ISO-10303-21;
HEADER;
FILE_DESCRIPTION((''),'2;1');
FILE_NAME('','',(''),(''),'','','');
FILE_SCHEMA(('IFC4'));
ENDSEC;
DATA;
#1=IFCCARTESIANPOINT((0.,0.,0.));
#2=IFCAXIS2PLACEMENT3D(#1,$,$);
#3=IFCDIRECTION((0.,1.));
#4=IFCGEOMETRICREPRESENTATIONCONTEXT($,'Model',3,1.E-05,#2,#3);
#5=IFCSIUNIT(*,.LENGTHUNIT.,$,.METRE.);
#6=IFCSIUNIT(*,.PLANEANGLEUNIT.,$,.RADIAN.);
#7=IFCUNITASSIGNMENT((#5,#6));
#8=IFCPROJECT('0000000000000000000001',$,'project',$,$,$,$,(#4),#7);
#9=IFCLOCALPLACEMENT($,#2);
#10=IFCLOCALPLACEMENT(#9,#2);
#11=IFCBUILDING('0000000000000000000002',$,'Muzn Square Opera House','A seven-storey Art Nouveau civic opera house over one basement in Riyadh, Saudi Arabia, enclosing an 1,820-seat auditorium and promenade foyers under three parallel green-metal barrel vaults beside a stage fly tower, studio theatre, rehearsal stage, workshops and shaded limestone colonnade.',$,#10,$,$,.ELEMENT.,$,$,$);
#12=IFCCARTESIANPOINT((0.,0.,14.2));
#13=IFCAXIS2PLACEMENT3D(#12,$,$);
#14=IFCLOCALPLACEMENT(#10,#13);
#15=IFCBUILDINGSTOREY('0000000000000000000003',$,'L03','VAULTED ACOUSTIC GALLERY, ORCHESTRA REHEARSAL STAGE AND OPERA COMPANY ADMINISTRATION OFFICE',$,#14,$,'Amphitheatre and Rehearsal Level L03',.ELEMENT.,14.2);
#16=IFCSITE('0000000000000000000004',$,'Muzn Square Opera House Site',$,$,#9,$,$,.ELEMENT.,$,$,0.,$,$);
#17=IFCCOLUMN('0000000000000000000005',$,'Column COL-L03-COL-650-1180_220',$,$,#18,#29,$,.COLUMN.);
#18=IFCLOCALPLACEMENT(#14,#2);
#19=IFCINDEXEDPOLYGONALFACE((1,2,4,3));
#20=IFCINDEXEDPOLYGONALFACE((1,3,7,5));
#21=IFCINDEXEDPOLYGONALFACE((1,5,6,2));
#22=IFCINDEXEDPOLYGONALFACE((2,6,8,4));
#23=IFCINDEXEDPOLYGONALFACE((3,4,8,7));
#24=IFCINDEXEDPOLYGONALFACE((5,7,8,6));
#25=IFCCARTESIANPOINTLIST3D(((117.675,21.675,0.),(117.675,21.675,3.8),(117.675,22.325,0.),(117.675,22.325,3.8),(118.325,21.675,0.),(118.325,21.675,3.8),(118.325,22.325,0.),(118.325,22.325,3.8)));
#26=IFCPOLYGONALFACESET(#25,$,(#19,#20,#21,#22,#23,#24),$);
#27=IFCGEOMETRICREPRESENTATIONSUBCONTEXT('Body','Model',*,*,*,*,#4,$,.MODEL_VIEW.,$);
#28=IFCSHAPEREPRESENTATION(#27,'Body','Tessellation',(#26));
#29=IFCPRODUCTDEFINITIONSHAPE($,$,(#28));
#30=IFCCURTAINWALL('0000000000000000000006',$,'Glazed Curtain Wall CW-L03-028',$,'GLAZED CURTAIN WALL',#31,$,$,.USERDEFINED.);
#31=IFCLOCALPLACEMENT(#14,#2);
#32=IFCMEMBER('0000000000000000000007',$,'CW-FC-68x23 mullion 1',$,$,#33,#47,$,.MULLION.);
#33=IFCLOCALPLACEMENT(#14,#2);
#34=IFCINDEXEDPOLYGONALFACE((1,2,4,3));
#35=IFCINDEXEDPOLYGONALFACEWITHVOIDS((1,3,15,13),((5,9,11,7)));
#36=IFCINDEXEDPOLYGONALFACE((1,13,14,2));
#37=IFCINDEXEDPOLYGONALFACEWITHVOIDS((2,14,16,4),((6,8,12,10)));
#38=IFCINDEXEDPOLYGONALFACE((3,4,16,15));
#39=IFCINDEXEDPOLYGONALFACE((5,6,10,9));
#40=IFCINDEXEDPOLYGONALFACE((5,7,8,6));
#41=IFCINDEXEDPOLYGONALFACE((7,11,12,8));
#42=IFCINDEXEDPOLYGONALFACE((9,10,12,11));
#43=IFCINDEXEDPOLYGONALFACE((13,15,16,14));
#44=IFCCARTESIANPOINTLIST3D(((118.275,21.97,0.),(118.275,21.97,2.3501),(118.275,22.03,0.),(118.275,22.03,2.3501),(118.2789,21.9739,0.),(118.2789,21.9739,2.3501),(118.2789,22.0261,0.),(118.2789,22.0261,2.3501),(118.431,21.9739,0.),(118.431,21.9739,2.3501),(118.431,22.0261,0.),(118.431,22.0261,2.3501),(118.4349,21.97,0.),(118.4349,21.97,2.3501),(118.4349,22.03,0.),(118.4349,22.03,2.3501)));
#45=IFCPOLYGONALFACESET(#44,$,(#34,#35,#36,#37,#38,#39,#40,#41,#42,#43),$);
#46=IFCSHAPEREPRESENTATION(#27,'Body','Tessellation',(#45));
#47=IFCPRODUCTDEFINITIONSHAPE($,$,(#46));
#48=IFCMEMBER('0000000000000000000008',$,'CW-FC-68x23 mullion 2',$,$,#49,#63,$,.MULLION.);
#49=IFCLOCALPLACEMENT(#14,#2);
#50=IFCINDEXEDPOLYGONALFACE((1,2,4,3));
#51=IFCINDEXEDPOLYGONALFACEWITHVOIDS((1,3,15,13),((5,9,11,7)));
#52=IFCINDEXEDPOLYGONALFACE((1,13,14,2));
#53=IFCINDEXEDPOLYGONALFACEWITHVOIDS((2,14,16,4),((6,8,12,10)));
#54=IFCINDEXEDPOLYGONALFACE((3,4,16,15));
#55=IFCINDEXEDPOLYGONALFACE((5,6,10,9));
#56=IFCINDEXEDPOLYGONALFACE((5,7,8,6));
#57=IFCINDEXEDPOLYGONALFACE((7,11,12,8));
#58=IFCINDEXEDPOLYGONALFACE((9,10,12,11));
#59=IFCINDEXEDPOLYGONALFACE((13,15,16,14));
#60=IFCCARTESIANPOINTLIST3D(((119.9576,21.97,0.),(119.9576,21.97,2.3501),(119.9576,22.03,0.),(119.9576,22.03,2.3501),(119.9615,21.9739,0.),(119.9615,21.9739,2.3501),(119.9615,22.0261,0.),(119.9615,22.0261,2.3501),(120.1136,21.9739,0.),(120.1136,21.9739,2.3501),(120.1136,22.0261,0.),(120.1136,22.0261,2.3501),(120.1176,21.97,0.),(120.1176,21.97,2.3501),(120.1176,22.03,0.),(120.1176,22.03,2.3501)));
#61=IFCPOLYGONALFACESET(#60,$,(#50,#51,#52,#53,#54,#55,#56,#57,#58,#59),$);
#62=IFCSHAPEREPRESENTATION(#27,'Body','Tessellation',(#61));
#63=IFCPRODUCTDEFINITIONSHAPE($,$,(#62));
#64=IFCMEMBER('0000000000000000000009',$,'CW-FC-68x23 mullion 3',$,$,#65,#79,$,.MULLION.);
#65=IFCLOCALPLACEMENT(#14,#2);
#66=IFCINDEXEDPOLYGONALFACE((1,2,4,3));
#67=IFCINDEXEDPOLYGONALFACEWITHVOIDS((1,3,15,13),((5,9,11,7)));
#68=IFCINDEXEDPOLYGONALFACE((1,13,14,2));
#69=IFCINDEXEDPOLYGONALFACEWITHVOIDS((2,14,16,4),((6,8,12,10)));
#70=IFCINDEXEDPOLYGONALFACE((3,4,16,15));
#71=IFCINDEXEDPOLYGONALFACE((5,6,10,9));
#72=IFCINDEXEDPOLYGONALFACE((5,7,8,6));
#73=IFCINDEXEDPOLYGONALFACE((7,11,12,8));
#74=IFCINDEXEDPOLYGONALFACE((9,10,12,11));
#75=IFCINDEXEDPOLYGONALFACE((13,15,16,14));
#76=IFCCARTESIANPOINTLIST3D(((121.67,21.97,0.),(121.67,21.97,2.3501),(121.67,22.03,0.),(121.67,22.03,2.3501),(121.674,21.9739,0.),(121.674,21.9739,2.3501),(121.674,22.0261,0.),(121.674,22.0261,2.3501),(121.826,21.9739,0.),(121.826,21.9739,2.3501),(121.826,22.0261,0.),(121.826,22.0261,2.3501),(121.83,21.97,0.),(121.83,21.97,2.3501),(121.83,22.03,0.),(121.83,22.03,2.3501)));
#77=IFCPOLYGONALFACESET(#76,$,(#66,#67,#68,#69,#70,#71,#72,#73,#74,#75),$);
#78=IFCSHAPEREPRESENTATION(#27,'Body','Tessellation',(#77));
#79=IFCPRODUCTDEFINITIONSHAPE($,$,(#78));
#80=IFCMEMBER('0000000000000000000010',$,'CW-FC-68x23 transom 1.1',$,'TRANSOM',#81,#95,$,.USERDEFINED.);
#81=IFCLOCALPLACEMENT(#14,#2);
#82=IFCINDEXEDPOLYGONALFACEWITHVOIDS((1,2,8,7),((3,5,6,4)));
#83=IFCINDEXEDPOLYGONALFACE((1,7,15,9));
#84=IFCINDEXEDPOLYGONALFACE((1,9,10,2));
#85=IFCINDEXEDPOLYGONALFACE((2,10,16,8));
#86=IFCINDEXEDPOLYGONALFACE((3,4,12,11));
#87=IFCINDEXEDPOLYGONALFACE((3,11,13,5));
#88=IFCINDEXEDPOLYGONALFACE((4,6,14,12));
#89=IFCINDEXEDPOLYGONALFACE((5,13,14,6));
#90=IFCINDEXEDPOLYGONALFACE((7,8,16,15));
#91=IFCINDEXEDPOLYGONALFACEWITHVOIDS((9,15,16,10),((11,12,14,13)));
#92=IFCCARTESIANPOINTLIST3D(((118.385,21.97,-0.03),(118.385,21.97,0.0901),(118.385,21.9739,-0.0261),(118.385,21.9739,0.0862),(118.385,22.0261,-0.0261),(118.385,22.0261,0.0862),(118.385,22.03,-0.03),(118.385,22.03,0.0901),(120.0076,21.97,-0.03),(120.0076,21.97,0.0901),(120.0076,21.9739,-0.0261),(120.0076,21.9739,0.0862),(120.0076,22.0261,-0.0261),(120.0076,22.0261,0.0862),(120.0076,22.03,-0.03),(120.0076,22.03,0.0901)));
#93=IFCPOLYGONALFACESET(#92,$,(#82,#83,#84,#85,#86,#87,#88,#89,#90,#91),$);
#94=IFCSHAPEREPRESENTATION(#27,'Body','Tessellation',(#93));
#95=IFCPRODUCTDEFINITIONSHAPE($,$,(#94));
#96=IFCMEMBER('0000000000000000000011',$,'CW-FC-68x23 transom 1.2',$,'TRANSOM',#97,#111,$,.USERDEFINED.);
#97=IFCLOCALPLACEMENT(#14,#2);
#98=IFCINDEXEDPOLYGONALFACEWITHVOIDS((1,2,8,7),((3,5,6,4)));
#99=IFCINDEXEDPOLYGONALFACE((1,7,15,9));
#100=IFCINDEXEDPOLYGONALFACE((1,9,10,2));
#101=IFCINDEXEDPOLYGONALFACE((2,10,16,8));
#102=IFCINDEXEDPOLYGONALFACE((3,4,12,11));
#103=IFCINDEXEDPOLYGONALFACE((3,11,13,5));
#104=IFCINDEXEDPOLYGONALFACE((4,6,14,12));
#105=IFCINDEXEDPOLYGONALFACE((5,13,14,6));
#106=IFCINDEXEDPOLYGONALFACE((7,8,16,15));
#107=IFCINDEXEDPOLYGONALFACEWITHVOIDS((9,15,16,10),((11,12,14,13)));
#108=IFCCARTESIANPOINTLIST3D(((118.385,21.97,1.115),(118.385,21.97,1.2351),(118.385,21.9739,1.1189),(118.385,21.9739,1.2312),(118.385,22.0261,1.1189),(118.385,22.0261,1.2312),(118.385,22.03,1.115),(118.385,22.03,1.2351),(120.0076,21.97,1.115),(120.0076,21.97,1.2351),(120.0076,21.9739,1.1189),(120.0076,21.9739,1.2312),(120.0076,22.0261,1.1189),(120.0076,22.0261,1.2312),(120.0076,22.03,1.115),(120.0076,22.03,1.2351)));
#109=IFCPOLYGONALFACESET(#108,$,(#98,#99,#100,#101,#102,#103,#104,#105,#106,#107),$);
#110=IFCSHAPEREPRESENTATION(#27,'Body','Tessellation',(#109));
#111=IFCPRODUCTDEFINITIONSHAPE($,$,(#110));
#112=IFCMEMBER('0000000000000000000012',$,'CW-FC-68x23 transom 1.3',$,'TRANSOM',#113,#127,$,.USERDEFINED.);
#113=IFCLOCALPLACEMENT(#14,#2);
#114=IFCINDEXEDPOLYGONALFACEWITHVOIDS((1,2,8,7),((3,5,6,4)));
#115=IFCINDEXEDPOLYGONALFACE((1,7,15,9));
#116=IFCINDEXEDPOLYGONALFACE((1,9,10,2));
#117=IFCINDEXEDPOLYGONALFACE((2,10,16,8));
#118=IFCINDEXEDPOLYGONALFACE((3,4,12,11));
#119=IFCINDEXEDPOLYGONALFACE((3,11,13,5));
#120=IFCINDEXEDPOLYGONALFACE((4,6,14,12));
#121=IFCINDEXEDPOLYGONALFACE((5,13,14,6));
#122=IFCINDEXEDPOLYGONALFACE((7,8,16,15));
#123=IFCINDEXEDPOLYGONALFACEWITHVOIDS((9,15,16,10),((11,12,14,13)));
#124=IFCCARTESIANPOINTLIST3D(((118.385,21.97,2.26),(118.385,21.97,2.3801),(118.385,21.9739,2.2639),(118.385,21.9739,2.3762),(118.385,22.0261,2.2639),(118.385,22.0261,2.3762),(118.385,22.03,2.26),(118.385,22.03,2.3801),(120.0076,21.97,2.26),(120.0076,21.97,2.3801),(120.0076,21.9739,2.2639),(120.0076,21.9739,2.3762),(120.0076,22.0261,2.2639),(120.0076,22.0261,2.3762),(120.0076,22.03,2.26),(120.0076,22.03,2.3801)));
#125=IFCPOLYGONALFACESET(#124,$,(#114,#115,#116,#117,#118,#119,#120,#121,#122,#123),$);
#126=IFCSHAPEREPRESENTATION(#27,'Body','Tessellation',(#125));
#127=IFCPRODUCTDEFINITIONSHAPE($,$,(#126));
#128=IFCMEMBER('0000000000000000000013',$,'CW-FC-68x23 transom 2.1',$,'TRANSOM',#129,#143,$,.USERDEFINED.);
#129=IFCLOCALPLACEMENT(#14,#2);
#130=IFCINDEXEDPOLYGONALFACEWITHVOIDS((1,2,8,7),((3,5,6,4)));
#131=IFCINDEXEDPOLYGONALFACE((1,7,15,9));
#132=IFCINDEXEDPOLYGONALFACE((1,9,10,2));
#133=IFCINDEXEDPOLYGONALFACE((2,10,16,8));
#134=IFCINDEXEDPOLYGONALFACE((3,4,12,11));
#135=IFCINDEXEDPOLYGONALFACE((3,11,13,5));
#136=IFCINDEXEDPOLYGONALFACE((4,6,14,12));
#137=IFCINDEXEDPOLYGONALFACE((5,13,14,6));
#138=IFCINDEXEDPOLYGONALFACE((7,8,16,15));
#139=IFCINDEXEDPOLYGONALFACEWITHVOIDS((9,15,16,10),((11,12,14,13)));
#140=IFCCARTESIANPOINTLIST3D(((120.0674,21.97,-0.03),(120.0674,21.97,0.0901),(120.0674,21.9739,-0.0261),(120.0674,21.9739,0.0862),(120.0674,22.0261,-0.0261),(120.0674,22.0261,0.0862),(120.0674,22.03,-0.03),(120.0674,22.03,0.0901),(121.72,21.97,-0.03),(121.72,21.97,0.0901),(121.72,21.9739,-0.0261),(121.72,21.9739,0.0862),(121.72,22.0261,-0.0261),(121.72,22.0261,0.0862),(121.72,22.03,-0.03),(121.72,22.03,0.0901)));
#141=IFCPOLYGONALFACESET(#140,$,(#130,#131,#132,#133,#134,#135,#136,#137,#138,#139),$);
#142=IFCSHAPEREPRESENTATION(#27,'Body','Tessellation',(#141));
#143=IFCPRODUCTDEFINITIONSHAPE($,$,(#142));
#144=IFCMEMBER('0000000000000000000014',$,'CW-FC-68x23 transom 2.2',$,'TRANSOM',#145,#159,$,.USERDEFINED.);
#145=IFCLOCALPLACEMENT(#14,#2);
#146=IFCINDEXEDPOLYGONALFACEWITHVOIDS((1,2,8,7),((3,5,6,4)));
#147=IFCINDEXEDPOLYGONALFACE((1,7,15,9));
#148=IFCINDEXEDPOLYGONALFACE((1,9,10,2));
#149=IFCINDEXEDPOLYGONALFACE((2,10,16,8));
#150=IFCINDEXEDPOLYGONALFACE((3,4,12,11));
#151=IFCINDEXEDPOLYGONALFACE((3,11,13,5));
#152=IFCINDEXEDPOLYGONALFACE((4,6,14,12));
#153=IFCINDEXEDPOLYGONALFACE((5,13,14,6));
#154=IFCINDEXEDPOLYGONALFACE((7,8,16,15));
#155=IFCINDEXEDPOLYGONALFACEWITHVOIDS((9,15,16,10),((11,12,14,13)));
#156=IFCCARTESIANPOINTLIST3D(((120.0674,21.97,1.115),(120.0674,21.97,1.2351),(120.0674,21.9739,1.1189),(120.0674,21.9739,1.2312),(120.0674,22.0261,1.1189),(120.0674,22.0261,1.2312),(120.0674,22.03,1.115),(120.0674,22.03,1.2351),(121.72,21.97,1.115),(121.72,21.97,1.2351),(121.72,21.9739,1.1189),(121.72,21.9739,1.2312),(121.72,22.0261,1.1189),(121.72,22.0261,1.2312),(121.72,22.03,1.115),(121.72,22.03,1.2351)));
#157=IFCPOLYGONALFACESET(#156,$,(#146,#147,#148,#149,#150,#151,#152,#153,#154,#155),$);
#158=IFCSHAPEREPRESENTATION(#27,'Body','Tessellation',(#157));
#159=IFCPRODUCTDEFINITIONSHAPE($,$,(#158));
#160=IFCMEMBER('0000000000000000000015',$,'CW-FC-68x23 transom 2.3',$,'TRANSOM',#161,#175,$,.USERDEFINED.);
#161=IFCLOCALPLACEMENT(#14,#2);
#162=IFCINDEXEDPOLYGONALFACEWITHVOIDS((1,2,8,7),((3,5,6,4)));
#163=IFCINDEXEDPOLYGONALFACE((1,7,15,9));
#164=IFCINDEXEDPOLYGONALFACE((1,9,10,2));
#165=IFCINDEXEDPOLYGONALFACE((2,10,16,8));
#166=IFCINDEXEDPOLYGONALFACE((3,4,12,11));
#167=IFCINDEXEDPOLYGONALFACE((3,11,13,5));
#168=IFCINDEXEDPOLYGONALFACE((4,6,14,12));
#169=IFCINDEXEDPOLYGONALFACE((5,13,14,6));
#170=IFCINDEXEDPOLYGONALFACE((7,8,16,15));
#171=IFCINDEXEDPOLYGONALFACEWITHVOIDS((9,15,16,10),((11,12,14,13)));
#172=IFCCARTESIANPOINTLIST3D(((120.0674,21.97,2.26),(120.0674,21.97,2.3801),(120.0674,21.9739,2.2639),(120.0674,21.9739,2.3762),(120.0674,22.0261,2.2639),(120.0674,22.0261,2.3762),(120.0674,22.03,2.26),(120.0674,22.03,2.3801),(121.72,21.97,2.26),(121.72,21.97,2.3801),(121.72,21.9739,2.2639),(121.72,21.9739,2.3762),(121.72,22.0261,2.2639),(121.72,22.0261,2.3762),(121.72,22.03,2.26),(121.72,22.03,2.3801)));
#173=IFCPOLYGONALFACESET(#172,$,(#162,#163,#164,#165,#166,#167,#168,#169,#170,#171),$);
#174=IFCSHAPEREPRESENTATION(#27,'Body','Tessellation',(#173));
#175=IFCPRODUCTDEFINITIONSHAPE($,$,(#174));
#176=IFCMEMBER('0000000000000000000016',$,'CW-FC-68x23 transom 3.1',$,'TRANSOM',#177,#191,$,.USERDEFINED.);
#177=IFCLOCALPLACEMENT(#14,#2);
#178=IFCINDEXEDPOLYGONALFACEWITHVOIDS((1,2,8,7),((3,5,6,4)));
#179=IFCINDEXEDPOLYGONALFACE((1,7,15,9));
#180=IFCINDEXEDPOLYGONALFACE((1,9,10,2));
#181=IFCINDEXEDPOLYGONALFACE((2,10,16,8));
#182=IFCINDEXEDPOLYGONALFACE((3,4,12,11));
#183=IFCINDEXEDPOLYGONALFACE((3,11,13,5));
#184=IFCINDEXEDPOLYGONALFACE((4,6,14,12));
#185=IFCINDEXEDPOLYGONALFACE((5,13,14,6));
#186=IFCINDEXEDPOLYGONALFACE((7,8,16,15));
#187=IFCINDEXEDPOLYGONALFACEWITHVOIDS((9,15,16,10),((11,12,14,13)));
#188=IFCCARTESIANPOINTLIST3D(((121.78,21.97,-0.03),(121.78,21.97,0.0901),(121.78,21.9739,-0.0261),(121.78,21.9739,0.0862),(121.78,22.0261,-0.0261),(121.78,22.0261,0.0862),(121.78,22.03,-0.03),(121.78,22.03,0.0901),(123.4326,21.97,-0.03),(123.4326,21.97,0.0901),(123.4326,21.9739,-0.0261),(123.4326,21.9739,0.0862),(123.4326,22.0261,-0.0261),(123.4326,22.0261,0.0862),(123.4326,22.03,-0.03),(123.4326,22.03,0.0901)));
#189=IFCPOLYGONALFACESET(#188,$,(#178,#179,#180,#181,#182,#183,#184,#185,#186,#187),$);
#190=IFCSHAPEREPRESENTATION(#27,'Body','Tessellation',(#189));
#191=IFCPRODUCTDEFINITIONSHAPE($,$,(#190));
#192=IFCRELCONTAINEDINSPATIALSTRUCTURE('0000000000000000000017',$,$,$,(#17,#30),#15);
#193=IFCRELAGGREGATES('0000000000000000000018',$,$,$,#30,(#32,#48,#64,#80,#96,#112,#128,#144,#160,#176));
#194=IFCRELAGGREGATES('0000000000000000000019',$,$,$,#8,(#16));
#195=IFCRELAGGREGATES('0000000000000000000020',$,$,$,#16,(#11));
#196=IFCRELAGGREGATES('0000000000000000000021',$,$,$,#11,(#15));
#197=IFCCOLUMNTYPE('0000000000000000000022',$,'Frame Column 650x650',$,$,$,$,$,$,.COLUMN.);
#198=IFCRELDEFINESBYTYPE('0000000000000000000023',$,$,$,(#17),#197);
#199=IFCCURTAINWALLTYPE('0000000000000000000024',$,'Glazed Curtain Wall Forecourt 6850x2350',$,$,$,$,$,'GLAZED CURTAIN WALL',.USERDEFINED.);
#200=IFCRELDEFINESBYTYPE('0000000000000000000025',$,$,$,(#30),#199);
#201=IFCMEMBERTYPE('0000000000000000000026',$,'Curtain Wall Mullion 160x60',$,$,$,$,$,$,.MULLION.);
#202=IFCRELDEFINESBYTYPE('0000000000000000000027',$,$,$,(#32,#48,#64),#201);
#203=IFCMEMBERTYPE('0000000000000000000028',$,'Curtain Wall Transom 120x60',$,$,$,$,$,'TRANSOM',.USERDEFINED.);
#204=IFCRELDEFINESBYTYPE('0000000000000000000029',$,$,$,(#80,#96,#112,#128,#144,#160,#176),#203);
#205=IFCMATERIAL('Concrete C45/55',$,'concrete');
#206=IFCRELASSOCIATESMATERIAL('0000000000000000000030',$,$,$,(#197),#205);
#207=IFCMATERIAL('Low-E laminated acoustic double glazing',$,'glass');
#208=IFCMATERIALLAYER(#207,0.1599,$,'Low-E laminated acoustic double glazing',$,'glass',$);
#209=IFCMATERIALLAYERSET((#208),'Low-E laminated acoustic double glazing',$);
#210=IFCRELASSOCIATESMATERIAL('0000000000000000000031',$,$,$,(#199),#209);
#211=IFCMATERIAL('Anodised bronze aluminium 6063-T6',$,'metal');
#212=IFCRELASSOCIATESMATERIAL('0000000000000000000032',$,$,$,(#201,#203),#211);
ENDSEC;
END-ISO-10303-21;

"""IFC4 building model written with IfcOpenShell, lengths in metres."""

from ifc_helpers import new_model, si_unit, direction, frame, origin, origin_2d, place, context, subcontext, project, spatial, rectangle, hollow_rectangle, extrude, material, layer, layer_set, material_profile, profile_set, type_object, element, aggregate, save


model = new_model("IFC4")

# Units and contexts
model_context = context("Model", 3, precision=1e-05, world=origin(), true_north=direction((0.0, 1.0)))
body_context = subcontext(model_context, "Body", "Model", "MODEL_VIEW")
ifc_project = project(units=[si_unit("LENGTHUNIT", "METRE"), si_unit("PLANEANGLEUNIT", "RADIAN")], contexts=[model_context])

# Site, building, storey
site_placement = place(None, origin())
site = spatial("IfcSite", under=ifc_project, at=site_placement, Name="Muzn Square Opera House Site", CompositionType="ELEMENT", RefElevation=0.0)
building_placement = place(site_placement, origin())
building = spatial("IfcBuilding", under=site, at=building_placement, Name="Muzn Square Opera House", Description="A seven-storey Art Nouveau civic opera house over one basement in Riyadh, Saudi Arabia, enclosing an 1,820-seat auditorium and promenade foyers under three parallel green-metal barrel vaults beside a stage fly tower, studio theatre, rehearsal stage, workshops and shaded limestone colonnade.", CompositionType="ELEMENT")
storey_placement = place(building_placement, frame((0.0, 0.0, 14.2)))
storey = spatial("IfcBuildingStorey", under=building, at=storey_placement, Name="L03", Description="VAULTED ACOUSTIC GALLERY, ORCHESTRA REHEARSAL STAGE AND OPERA COMPANY ADMINISTRATION OFFICE", LongName="Amphitheatre and Rehearsal Level L03", CompositionType="ELEMENT", Elevation=14.2)

# Column
ifc_material_1 = material(Name="Concrete C45/55", Category="concrete")
ifc_material_profile_1 = material_profile(ifc_material_1, rectangle(XDim=0.6499, YDim=0.6499, at=origin_2d()), Name="RC 650x650", Category="concrete")
ifc_profile_set_1 = profile_set([ifc_material_profile_1], Name="Concrete C45/55")
column_type = type_object("IfcColumnType", Name="Frame Column 650x650", PredefinedType="COLUMN", material=ifc_profile_set_1)
column_placement = place(storey_placement, frame((118.0, 22.0, 0.0), z_axis=(0.0, 0.0, 1.0), x_axis=(1.0, 0.0, 0.0)))
element("IfcColumn", 1, at=column_placement, inside=storey, type_object=column_type, Name="Column COL-L03-COL-650-1180_220", PredefinedType="COLUMN", context=body_context, shape_type="SweptSolid", body=[
    extrude(rectangle(XDim=0.6499, YDim=0.6499, at=origin_2d()), origin(), (0.0, 0.0, 1.0), 3.8),
])

# Curtain wall, members
ifc_material_2 = material(Name="Low-E laminated acoustic double glazing", Category="glass")
ifc_layer_1 = layer(ifc_material_2, 0.1599, Name="Low-E laminated acoustic double glazing", Category="glass")
ifc_layer_set_1 = layer_set([ifc_layer_1], Name="Low-E laminated acoustic double glazing")
curtain_wall_type = type_object("IfcCurtainWallType", Name="Glazed Curtain Wall Forecourt 6850x2350", ElementType="GLAZED CURTAIN WALL", PredefinedType="USERDEFINED", material=ifc_layer_set_1)
curtain_wall_placement = place(storey_placement, origin())
curtain_wall = element("IfcCurtainWall", 2, at=curtain_wall_placement, inside=storey, type_object=curtain_wall_type, Name="Glazed Curtain Wall CW-L03-028", ObjectType="GLAZED CURTAIN WALL", PredefinedType="USERDEFINED")
ifc_material_3 = material(Name="Anodised bronze aluminium 6063-T6", Category="metal")
ifc_material_profile_2 = material_profile(ifc_material_3, hollow_rectangle(XDim=0.0601, YDim=0.1599, WallThickness=0.0039, at=origin_2d()), Name="ALU 160x60x4", Category="metal")
ifc_profile_set_2 = profile_set([ifc_material_profile_2], Name="Anodised bronze aluminium 6063-T6")
member_type_1 = type_object("IfcMemberType", Name="Curtain Wall Mullion 160x60", PredefinedType="MULLION", material=ifc_profile_set_2)
member_1_placement = place(storey_placement, frame((118.355, 22.0, 0.0), z_axis=(0.0, 0.0, 1.0), x_axis=(0.0, 1.0, 0.0)))
member_1 = element("IfcMember", 3, at=member_1_placement, type_object=member_type_1, Name="CW-FC-68x23 mullion 1", PredefinedType="MULLION", context=body_context, shape_type="SweptSolid", body=[
    extrude(hollow_rectangle(XDim=0.0601, YDim=0.1599, WallThickness=0.0039, at=origin_2d()), origin(), (0.0, 0.0, 1.0), 2.3501),
])
member_2_placement = place(storey_placement, frame((120.0376, 22.0, 0.0), z_axis=(0.0, 0.0, 1.0), x_axis=(0.0, 1.0, 0.0)))
member_2 = element("IfcMember", 4, at=member_2_placement, type_object=member_type_1, Name="CW-FC-68x23 mullion 2", PredefinedType="MULLION", context=body_context, shape_type="SweptSolid", body=[
    extrude(hollow_rectangle(XDim=0.0601, YDim=0.1599, WallThickness=0.0039, at=origin_2d()), origin(), (0.0, 0.0, 1.0), 2.3501),
])
member_3_placement = place(storey_placement, frame((121.75, 22.0, 0.0), z_axis=(0.0, 0.0, 1.0), x_axis=(0.0, 1.0, 0.0)))
member_3 = element("IfcMember", 5, at=member_3_placement, type_object=member_type_1, Name="CW-FC-68x23 mullion 3", PredefinedType="MULLION", context=body_context, shape_type="SweptSolid", body=[
    extrude(hollow_rectangle(XDim=0.0601, YDim=0.1599, WallThickness=0.0039, at=origin_2d()), origin(), (0.0, 0.0, 1.0), 2.3501),
])
ifc_material_profile_3 = material_profile(ifc_material_3, hollow_rectangle(XDim=0.0601, YDim=0.1201, WallThickness=0.0039, at=origin_2d()), Name="ALU 120x60x4", Category="metal")
ifc_profile_set_3 = profile_set([ifc_material_profile_3], Name="Anodised bronze aluminium 6063-T6")
member_type_2 = type_object("IfcMemberType", Name="Curtain Wall Transom 120x60", ElementType="TRANSOM", PredefinedType="USERDEFINED", material=ifc_profile_set_3)
member_4_placement = place(storey_placement, frame((118.385, 22.0, 0.03), z_axis=(1.0, 0.0, 0.0), x_axis=(0.0, 1.0, 0.0)))
member_4 = element("IfcMember", 6, at=member_4_placement, type_object=member_type_2, Name="CW-FC-68x23 transom 1.1", ObjectType="TRANSOM", PredefinedType="USERDEFINED", context=body_context, shape_type="SweptSolid", body=[
    extrude(hollow_rectangle(XDim=0.0601, YDim=0.1201, WallThickness=0.0039, at=origin_2d()), origin(), (0.0, 0.0, 1.0), 1.6226),
])
member_5_placement = place(storey_placement, frame((118.385, 22.0, 1.175), z_axis=(1.0, 0.0, 0.0), x_axis=(0.0, 1.0, 0.0)))
member_5 = element("IfcMember", 7, at=member_5_placement, type_object=member_type_2, Name="CW-FC-68x23 transom 1.2", ObjectType="TRANSOM", PredefinedType="USERDEFINED", context=body_context, shape_type="SweptSolid", body=[
    extrude(hollow_rectangle(XDim=0.0601, YDim=0.1201, WallThickness=0.0039, at=origin_2d()), origin(), (0.0, 0.0, 1.0), 1.6226),
])
member_6_placement = place(storey_placement, frame((118.385, 22.0, 2.3201), z_axis=(1.0, 0.0, 0.0), x_axis=(0.0, 1.0, 0.0)))
member_6 = element("IfcMember", 8, at=member_6_placement, type_object=member_type_2, Name="CW-FC-68x23 transom 1.3", ObjectType="TRANSOM", PredefinedType="USERDEFINED", context=body_context, shape_type="SweptSolid", body=[
    extrude(hollow_rectangle(XDim=0.0601, YDim=0.1201, WallThickness=0.0039, at=origin_2d()), origin(), (0.0, 0.0, 1.0), 1.6226),
])
member_7_placement = place(storey_placement, frame((120.0674, 22.0, 0.03), z_axis=(1.0, 0.0, 0.0), x_axis=(0.0, 1.0, 0.0)))
member_7 = element("IfcMember", 9, at=member_7_placement, type_object=member_type_2, Name="CW-FC-68x23 transom 2.1", ObjectType="TRANSOM", PredefinedType="USERDEFINED", context=body_context, shape_type="SweptSolid", body=[
    extrude(hollow_rectangle(XDim=0.0601, YDim=0.1201, WallThickness=0.0039, at=origin_2d()), origin(), (0.0, 0.0, 1.0), 1.6526),
])
member_8_placement = place(storey_placement, frame((120.0674, 22.0, 1.175), z_axis=(1.0, 0.0, 0.0), x_axis=(0.0, 1.0, 0.0)))
member_8 = element("IfcMember", 10, at=member_8_placement, type_object=member_type_2, Name="CW-FC-68x23 transom 2.2", ObjectType="TRANSOM", PredefinedType="USERDEFINED", context=body_context, shape_type="SweptSolid", body=[
    extrude(hollow_rectangle(XDim=0.0601, YDim=0.1201, WallThickness=0.0039, at=origin_2d()), origin(), (0.0, 0.0, 1.0), 1.6526),
])
member_9_placement = place(storey_placement, frame((120.0674, 22.0, 2.3201), z_axis=(1.0, 0.0, 0.0), x_axis=(0.0, 1.0, 0.0)))
member_9 = element("IfcMember", 11, at=member_9_placement, type_object=member_type_2, Name="CW-FC-68x23 transom 2.3", ObjectType="TRANSOM", PredefinedType="USERDEFINED", context=body_context, shape_type="SweptSolid", body=[
    extrude(hollow_rectangle(XDim=0.0601, YDim=0.1201, WallThickness=0.0039, at=origin_2d()), origin(), (0.0, 0.0, 1.0), 1.6526),
])
member_10_placement = place(storey_placement, frame((121.78, 22.0, 0.03), z_axis=(1.0, 0.0, 0.0), x_axis=(0.0, 1.0, 0.0)))
member_10 = element("IfcMember", 12, at=member_10_placement, type_object=member_type_2, Name="CW-FC-68x23 transom 3.1", ObjectType="TRANSOM", PredefinedType="USERDEFINED", context=body_context, shape_type="SweptSolid", body=[
    extrude(hollow_rectangle(XDim=0.0601, YDim=0.1201, WallThickness=0.0039, at=origin_2d()), origin(), (0.0, 0.0, 1.0), 1.6526),
])

aggregate(curtain_wall, [member_1, member_2, member_3, member_4, member_5, member_6, member_7, member_8, member_9, member_10])

save(model, "model.ifc")
